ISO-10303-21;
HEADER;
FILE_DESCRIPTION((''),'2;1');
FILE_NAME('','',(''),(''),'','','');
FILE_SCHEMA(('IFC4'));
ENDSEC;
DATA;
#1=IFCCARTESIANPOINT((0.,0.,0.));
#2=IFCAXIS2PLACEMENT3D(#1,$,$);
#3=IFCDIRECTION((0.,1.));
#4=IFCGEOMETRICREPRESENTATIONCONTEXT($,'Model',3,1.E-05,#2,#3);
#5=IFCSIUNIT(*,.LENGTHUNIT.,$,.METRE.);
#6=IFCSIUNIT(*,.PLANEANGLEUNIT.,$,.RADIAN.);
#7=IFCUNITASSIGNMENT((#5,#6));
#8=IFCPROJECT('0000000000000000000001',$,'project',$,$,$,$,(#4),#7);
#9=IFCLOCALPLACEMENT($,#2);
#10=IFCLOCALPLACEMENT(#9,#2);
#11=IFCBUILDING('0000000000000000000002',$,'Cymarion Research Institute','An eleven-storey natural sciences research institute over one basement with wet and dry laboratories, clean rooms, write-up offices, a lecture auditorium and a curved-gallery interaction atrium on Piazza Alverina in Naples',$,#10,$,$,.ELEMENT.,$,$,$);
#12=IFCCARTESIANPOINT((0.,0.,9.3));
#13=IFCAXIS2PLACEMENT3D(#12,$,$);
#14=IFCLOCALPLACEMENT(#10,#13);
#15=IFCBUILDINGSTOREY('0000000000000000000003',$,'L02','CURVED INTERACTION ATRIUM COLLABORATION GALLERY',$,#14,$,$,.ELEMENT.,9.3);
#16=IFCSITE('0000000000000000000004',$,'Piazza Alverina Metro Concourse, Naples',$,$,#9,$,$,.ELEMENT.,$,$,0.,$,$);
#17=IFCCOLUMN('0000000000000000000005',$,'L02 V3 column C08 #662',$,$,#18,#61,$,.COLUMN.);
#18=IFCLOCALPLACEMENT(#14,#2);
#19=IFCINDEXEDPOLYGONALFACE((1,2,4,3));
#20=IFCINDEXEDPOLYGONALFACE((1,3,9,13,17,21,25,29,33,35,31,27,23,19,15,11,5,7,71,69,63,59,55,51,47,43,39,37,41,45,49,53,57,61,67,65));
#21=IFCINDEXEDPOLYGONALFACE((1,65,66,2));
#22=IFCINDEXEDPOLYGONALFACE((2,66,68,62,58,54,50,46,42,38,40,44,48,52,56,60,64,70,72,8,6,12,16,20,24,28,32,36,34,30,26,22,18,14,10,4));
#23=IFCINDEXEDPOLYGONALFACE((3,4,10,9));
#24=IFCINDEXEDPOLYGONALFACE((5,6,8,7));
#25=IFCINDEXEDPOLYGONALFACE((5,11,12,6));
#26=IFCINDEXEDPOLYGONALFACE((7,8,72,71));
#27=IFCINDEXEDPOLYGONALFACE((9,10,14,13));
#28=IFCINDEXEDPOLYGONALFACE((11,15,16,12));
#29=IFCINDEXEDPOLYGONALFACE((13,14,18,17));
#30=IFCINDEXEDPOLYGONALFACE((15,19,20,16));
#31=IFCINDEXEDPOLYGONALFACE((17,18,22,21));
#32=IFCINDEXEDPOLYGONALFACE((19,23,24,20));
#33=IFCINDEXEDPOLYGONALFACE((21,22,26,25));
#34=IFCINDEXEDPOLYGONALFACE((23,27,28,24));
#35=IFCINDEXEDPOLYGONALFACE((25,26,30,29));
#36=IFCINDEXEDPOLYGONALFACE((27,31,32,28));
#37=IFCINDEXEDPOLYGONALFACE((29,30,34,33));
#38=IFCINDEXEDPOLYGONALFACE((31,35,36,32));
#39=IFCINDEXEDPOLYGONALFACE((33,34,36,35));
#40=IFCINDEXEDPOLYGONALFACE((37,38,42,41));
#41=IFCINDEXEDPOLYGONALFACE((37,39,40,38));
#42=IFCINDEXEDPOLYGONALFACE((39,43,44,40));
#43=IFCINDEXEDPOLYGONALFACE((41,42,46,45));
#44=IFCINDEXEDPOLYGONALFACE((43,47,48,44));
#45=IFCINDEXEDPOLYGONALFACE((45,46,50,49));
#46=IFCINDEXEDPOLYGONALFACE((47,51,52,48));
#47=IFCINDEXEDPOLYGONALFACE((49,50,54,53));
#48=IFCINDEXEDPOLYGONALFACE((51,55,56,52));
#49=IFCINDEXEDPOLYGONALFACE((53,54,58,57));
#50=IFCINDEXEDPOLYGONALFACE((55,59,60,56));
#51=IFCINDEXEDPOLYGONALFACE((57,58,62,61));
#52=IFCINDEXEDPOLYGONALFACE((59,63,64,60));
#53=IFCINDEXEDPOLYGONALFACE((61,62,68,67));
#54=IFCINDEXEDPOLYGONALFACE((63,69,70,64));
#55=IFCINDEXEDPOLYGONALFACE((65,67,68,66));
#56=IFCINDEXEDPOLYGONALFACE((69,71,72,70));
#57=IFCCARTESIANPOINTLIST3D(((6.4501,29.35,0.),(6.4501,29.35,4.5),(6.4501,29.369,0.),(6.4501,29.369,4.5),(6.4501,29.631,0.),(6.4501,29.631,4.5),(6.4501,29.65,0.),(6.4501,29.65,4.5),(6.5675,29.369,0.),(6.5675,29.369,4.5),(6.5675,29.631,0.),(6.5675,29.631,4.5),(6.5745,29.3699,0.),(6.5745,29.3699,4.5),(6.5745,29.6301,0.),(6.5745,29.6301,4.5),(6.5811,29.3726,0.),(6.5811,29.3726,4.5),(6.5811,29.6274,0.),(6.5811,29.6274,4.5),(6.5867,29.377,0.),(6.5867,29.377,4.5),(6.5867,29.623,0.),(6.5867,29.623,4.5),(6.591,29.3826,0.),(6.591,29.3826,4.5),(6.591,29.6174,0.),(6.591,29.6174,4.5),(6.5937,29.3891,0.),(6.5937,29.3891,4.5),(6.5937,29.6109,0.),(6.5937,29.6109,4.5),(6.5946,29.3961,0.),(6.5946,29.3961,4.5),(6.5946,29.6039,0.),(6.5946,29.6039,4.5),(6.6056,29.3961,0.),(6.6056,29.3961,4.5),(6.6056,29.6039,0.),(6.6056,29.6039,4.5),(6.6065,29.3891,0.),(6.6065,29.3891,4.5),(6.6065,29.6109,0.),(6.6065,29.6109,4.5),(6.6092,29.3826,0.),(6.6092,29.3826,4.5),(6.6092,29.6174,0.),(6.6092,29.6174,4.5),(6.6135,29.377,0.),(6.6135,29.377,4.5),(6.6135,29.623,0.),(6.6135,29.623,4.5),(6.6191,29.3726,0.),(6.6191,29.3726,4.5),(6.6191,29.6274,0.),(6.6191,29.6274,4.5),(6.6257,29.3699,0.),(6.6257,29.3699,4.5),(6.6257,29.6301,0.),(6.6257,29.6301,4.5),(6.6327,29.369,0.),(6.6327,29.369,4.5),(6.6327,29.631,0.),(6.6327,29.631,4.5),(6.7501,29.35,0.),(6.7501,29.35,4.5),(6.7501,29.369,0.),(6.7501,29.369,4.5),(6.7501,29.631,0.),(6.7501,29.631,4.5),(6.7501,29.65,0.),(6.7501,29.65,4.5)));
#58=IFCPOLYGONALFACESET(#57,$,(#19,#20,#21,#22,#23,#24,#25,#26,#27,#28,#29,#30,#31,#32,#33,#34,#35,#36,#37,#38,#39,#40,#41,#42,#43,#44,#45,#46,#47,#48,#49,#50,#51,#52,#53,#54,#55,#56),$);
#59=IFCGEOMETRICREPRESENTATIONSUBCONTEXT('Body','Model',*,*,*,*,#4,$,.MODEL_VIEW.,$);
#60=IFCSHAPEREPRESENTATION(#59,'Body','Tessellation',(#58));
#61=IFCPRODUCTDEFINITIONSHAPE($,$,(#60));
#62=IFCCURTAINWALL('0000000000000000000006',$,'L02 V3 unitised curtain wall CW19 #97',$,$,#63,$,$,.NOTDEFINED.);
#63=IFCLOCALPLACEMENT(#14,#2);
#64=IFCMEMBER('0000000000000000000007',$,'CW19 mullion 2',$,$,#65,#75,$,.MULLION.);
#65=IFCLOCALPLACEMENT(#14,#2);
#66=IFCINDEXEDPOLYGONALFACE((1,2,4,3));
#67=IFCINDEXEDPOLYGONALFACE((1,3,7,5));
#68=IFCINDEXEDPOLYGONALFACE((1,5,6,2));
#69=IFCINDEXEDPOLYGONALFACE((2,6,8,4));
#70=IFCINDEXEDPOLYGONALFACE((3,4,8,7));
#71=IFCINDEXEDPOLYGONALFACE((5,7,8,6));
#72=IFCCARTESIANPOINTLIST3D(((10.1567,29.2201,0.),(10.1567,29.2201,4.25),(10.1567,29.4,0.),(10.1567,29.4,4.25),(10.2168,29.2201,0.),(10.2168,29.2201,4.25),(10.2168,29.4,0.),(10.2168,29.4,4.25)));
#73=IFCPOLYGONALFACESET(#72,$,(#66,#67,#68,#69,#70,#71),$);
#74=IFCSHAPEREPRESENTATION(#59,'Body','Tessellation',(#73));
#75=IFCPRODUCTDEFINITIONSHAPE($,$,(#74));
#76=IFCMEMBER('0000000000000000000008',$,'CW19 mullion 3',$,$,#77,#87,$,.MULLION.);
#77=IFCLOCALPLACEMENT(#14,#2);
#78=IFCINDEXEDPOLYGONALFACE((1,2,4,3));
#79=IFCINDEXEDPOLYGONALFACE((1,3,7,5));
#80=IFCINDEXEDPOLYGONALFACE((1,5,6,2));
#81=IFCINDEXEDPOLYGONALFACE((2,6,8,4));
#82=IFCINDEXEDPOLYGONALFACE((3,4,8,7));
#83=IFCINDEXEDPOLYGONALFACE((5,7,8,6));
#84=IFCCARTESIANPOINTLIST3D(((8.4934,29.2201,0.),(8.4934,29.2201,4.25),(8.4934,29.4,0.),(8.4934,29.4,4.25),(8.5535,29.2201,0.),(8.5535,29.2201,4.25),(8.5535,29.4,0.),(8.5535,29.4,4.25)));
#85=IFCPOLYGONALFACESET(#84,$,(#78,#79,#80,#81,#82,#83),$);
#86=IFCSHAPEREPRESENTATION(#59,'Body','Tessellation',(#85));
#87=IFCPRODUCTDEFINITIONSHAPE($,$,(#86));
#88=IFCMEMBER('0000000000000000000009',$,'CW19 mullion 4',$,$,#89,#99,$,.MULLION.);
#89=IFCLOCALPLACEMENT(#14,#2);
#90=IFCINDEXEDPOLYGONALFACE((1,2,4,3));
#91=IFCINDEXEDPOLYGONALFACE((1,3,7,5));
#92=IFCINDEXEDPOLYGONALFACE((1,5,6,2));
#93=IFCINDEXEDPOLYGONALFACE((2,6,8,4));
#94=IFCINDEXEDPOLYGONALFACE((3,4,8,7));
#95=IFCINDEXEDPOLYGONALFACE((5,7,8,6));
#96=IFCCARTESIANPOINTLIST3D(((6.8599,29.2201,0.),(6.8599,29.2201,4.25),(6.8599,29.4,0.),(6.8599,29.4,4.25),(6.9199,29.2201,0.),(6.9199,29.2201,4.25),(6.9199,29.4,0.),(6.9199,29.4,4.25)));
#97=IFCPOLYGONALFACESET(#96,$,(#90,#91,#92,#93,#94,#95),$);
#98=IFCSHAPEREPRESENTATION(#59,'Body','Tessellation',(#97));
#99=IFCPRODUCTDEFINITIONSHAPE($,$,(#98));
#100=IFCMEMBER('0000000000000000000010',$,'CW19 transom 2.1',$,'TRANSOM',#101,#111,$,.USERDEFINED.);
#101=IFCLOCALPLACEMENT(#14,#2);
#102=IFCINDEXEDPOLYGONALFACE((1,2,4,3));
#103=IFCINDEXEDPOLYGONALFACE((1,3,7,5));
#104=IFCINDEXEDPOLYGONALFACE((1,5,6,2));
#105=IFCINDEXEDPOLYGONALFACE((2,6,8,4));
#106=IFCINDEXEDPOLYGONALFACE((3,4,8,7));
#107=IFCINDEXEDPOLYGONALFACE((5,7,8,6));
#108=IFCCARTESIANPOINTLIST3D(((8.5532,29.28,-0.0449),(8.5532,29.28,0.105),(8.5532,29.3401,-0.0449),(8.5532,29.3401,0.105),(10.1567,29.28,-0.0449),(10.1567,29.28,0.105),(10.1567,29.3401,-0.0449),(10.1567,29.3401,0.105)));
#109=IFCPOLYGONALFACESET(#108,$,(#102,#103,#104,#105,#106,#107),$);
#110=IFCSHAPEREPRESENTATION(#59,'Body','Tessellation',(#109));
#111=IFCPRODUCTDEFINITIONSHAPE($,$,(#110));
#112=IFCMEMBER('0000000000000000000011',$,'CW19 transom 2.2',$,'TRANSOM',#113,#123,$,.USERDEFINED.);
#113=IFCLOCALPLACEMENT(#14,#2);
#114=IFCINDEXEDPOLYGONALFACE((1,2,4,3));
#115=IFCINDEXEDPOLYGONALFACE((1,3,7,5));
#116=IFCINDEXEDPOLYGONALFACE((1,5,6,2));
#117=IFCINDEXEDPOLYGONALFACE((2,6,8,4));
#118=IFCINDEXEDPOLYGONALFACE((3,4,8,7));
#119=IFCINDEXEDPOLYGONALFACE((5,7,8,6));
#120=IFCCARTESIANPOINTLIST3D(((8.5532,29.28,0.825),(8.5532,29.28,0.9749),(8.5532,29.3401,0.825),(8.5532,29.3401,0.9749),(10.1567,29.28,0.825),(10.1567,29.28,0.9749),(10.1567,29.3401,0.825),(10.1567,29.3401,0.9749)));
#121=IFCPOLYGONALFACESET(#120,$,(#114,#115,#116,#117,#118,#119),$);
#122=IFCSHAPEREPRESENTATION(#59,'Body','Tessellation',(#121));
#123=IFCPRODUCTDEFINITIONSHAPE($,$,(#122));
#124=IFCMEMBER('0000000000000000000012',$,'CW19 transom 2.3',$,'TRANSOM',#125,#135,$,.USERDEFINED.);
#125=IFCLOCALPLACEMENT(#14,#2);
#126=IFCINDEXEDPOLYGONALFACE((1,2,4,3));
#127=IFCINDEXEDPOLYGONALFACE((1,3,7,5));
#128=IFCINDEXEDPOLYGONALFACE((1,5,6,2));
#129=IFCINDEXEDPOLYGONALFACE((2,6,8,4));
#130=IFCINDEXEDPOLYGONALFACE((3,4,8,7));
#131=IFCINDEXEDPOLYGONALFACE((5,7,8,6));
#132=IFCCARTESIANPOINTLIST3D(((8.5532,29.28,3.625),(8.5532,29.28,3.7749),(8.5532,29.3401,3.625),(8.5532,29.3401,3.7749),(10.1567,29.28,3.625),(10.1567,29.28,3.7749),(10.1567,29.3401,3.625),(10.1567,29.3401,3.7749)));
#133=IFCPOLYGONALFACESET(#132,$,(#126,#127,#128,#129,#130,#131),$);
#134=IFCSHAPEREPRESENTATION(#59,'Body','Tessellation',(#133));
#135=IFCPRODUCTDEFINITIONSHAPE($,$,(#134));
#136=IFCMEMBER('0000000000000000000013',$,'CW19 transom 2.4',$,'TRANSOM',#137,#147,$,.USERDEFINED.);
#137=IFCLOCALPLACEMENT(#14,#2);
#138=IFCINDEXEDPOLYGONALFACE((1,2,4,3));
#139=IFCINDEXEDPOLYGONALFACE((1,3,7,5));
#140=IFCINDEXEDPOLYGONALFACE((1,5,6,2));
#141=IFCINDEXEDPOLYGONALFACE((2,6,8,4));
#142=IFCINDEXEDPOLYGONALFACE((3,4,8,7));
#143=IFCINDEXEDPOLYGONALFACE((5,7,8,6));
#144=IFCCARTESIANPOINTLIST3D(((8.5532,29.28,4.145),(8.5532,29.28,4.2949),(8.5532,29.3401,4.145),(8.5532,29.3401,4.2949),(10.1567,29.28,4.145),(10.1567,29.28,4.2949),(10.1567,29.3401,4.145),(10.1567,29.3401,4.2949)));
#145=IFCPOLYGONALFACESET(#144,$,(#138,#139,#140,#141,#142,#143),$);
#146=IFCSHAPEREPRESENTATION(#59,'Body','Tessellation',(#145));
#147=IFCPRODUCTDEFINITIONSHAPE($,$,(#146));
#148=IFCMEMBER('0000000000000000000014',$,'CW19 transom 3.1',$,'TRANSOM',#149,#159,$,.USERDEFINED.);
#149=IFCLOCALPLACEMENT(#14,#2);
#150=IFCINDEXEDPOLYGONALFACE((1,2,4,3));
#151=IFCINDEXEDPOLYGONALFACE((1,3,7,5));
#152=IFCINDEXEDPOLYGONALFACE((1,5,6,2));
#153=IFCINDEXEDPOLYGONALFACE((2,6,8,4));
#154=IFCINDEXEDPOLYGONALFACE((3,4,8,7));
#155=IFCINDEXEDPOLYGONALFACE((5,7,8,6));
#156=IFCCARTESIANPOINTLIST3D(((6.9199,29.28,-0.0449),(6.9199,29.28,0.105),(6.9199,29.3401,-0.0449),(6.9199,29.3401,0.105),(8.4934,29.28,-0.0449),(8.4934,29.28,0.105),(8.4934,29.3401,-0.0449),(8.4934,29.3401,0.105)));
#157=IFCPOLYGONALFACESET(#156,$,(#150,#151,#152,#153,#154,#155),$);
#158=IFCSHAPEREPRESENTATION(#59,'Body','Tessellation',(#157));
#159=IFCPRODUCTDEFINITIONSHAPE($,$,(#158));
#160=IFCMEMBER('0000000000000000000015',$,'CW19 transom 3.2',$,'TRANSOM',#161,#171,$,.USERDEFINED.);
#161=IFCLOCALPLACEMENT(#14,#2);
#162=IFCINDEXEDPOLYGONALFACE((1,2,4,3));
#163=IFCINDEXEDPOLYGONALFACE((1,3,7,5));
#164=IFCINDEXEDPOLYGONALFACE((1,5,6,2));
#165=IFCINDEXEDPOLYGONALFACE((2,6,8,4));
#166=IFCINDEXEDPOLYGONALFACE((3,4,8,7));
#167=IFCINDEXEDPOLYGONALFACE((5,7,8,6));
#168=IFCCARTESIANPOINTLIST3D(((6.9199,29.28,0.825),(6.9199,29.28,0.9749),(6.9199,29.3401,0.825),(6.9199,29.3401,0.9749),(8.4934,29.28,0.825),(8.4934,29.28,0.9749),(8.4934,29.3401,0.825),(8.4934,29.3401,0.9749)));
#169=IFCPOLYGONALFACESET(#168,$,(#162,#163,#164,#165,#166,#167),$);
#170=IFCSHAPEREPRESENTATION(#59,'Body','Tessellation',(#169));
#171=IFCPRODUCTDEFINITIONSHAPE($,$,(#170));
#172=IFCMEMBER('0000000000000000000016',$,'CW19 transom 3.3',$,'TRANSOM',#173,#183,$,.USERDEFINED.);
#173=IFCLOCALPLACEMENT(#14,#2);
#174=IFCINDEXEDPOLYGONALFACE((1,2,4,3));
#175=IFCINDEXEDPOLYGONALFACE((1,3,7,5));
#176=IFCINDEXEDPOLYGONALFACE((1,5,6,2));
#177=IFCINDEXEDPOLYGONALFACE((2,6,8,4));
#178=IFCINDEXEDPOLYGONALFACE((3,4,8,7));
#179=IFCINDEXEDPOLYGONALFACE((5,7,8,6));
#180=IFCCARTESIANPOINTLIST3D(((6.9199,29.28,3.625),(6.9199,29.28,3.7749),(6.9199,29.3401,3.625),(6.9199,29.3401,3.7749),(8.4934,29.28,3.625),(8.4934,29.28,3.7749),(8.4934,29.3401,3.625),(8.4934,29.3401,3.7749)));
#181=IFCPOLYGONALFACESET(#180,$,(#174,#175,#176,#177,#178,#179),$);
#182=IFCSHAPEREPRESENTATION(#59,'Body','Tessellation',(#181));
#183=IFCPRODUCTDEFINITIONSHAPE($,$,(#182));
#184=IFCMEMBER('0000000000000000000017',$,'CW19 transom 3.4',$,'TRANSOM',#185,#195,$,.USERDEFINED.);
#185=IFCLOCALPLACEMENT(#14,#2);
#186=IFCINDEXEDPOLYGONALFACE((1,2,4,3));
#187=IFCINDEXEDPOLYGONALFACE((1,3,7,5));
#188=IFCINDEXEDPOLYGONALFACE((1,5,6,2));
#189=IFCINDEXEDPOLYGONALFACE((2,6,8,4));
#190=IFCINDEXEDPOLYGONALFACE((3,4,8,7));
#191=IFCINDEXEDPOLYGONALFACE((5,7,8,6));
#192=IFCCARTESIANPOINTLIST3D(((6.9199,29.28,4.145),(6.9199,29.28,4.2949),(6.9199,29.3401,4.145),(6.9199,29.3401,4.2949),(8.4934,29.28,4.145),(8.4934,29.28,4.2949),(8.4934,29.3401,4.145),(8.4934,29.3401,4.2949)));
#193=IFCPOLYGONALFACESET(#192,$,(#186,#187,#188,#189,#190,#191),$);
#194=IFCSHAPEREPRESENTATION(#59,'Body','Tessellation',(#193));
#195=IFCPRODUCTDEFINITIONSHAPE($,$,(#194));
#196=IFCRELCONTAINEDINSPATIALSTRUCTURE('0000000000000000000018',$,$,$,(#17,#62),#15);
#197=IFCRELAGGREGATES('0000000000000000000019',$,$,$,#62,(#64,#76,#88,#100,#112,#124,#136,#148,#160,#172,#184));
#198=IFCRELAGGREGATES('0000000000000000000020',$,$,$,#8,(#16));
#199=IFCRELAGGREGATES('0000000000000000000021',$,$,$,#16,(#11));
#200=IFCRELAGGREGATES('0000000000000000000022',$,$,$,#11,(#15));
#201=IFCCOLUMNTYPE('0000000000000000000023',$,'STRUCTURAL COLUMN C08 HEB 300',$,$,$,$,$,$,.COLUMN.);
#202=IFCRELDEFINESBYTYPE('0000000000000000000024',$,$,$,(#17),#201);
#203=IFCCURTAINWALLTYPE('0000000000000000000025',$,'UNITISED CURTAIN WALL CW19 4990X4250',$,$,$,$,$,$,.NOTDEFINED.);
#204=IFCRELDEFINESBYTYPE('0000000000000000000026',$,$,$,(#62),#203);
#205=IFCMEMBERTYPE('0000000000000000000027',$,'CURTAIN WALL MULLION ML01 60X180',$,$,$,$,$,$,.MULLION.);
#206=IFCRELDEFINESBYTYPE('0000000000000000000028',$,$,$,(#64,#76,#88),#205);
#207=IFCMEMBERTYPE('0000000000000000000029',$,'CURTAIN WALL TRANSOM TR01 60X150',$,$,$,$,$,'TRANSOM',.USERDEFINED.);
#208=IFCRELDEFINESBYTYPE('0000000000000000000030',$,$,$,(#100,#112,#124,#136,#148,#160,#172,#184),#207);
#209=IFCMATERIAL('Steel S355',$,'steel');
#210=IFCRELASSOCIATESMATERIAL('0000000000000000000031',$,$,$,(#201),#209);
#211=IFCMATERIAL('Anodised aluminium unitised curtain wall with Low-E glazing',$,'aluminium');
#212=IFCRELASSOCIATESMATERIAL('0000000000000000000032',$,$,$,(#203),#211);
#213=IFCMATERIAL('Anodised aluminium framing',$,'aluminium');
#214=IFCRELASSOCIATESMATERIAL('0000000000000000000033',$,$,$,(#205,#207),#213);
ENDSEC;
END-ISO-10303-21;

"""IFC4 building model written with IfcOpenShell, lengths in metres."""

from ifc_helpers import new_model, si_unit, direction, frame, origin, origin_2d, place, context, subcontext, project, spatial, rectangle, i_section, extrude, material, material_profile, profile_set, type_object, element, aggregate, save


model = new_model("IFC4")

# Units and contexts
model_context = context("Model", 3, precision=1e-05, world=origin(), true_north=direction((0.0, 1.0)))
body_context = subcontext(model_context, "Body", "Model", "MODEL_VIEW")
ifc_project = project(units=[si_unit("LENGTHUNIT", "METRE"), si_unit("PLANEANGLEUNIT", "RADIAN")], contexts=[model_context])

# Site, building, storey
site_placement = place(None, origin())
site = spatial("IfcSite", under=ifc_project, at=site_placement, Name="Piazza Alverina Metro Concourse, Naples", CompositionType="ELEMENT", RefElevation=0.0)
building_placement = place(site_placement, origin())
building = spatial("IfcBuilding", under=site, at=building_placement, Name="Cymarion Research Institute", Description="An eleven-storey natural sciences research institute over one basement with wet and dry laboratories, clean rooms, write-up offices, a lecture auditorium and a curved-gallery interaction atrium on Piazza Alverina in Naples", CompositionType="ELEMENT")
storey_placement = place(building_placement, frame((0.0, 0.0, 9.3)))
storey = spatial("IfcBuildingStorey", under=building, at=storey_placement, Name="L02", Description="CURVED INTERACTION ATRIUM COLLABORATION GALLERY", CompositionType="ELEMENT", Elevation=9.3)

# Column
ifc_material_1 = material(Name="Steel S355", Category="steel")
ifc_material_profile_1 = material_profile(ifc_material_1, i_section(OverallWidth=0.3, OverallDepth=0.3, WebThickness=0.011, FlangeThickness=0.019, FilletRadius=0.0271, at=origin_2d()), Name="HEB 300")
ifc_profile_set_1 = profile_set([ifc_material_profile_1], Name="Steel S355")
column_type = type_object("IfcColumnType", Name="STRUCTURAL COLUMN C08 HEB 300", PredefinedType="COLUMN", material=ifc_profile_set_1)
column_placement = place(storey_placement, frame((6.6001, 29.5, 0.0), z_axis=(0.0, 0.0, 1.0), x_axis=(1.0, 0.0, 0.0)))
element("IfcColumn", 1, at=column_placement, inside=storey, type_object=column_type, Name="L02 V3 column C08 #662", PredefinedType="COLUMN", context=body_context, shape_type="SweptSolid", body=[
    extrude(i_section(OverallWidth=0.3, OverallDepth=0.3, WebThickness=0.011, FlangeThickness=0.019, FilletRadius=0.0271, at=origin_2d()), origin(), (0.0, 0.0, 1.0), 4.5),
])

# Curtain wall, members
ifc_material_2 = material(Name="Anodised aluminium unitised curtain wall with Low-E glazing", Category="aluminium")
curtain_wall_type = type_object("IfcCurtainWallType", Name="UNITISED CURTAIN WALL CW19 4990X4250", PredefinedType="NOTDEFINED", material=ifc_material_2)
curtain_wall_placement = place(storey_placement, origin())
curtain_wall = element("IfcCurtainWall", 2, at=curtain_wall_placement, inside=storey, type_object=curtain_wall_type, Name="L02 V3 unitised curtain wall CW19 #97", PredefinedType="NOTDEFINED")
ifc_material_3 = material(Name="Anodised aluminium framing", Category="aluminium")
ifc_material_profile_2 = material_profile(ifc_material_3, rectangle(XDim=0.0601, YDim=0.1799, at=origin_2d()), Name="ALU MULLION 60x180")
ifc_profile_set_2 = profile_set([ifc_material_profile_2], Name="Anodised aluminium framing")
member_type_1 = type_object("IfcMemberType", Name="CURTAIN WALL MULLION ML01 60X180", PredefinedType="MULLION", material=ifc_profile_set_2)
member_1_placement = place(storey_placement, frame((10.1868, 29.3101, 0.0), z_axis=(0.0, 0.0, 1.0), x_axis=(-1.0, 0.0, 0.0)))
member_1 = element("IfcMember", 3, at=member_1_placement, type_object=member_type_1, Name="CW19 mullion 2", PredefinedType="MULLION", context=body_context, shape_type="SweptSolid", body=[
    extrude(rectangle(XDim=0.0601, YDim=0.1799, at=origin_2d()), origin(), (0.0, 0.0, 1.0), 4.25),
])
member_2_placement = place(storey_placement, frame((8.5234, 29.3101, 0.0), z_axis=(0.0, 0.0, 1.0), x_axis=(-1.0, 0.0, 0.0)))
member_2 = element("IfcMember", 4, at=member_2_placement, type_object=member_type_1, Name="CW19 mullion 3", PredefinedType="MULLION", context=body_context, shape_type="SweptSolid", body=[
    extrude(rectangle(XDim=0.0601, YDim=0.1799, at=origin_2d()), origin(), (0.0, 0.0, 1.0), 4.25),
])
member_3_placement = place(storey_placement, frame((6.8899, 29.3101, 0.0), z_axis=(0.0, 0.0, 1.0), x_axis=(-1.0, 0.0, 0.0)))
member_3 = element("IfcMember", 5, at=member_3_placement, type_object=member_type_1, Name="CW19 mullion 4", PredefinedType="MULLION", context=body_context, shape_type="SweptSolid", body=[
    extrude(rectangle(XDim=0.0601, YDim=0.1799, at=origin_2d()), origin(), (0.0, 0.0, 1.0), 4.25),
])
ifc_material_profile_3 = material_profile(ifc_material_3, rectangle(XDim=0.0601, YDim=0.1499, at=origin_2d()), Name="ALU TRANSOM 60x150")
ifc_profile_set_3 = profile_set([ifc_material_profile_3], Name="Anodised aluminium framing")
member_type_2 = type_object("IfcMemberType", Name="CURTAIN WALL TRANSOM TR01 60X150", ElementType="TRANSOM", PredefinedType="USERDEFINED", material=ifc_profile_set_3)
member_4_placement = place(storey_placement, frame((10.1567, 29.3101, 0.03), z_axis=(-1.0, 0.0, 0.0), x_axis=(0.0, -1.0, 0.0)))
member_4 = element("IfcMember", 6, at=member_4_placement, type_object=member_type_2, Name="CW19 transom 2.1", ObjectType="TRANSOM", PredefinedType="USERDEFINED", context=body_context, shape_type="SweptSolid", body=[
    extrude(rectangle(XDim=0.0601, YDim=0.1499, at=origin_2d()), origin(), (0.0, 0.0, 1.0), 1.6035),
])
member_5_placement = place(storey_placement, frame((10.1567, 29.3101, 0.8999), z_axis=(-1.0, 0.0, 0.0), x_axis=(0.0, -1.0, 0.0)))
member_5 = element("IfcMember", 7, at=member_5_placement, type_object=member_type_2, Name="CW19 transom 2.2", ObjectType="TRANSOM", PredefinedType="USERDEFINED", context=body_context, shape_type="SweptSolid", body=[
    extrude(rectangle(XDim=0.0601, YDim=0.1499, at=origin_2d()), origin(), (0.0, 0.0, 1.0), 1.6035),
])
member_6_placement = place(storey_placement, frame((10.1567, 29.3101, 3.7), z_axis=(-1.0, 0.0, 0.0), x_axis=(0.0, -1.0, 0.0)))
member_6 = element("IfcMember", 8, at=member_6_placement, type_object=member_type_2, Name="CW19 transom 2.3", ObjectType="TRANSOM", PredefinedType="USERDEFINED", context=body_context, shape_type="SweptSolid", body=[
    extrude(rectangle(XDim=0.0601, YDim=0.1499, at=origin_2d()), origin(), (0.0, 0.0, 1.0), 1.6035),
])
member_7_placement = place(storey_placement, frame((10.1567, 29.3101, 4.22), z_axis=(-1.0, 0.0, 0.0), x_axis=(0.0, -1.0, 0.0)))
member_7 = element("IfcMember", 9, at=member_7_placement, type_object=member_type_2, Name="CW19 transom 2.4", ObjectType="TRANSOM", PredefinedType="USERDEFINED", context=body_context, shape_type="SweptSolid", body=[
    extrude(rectangle(XDim=0.0601, YDim=0.1499, at=origin_2d()), origin(), (0.0, 0.0, 1.0), 1.6035),
])
member_8_placement = place(storey_placement, frame((8.4934, 29.3101, 0.03), z_axis=(-1.0, 0.0, 0.0), x_axis=(0.0, -1.0, 0.0)))
member_8 = element("IfcMember", 10, at=member_8_placement, type_object=member_type_2, Name="CW19 transom 3.1", ObjectType="TRANSOM", PredefinedType="USERDEFINED", context=body_context, shape_type="SweptSolid", body=[
    extrude(rectangle(XDim=0.0601, YDim=0.1499, at=origin_2d()), origin(), (0.0, 0.0, 1.0), 1.5735),
])
member_9_placement = place(storey_placement, frame((8.4934, 29.3101, 0.8999), z_axis=(-1.0, 0.0, 0.0), x_axis=(0.0, -1.0, 0.0)))
member_9 = element("IfcMember", 11, at=member_9_placement, type_object=member_type_2, Name="CW19 transom 3.2", ObjectType="TRANSOM", PredefinedType="USERDEFINED", context=body_context, shape_type="SweptSolid", body=[
    extrude(rectangle(XDim=0.0601, YDim=0.1499, at=origin_2d()), origin(), (0.0, 0.0, 1.0), 1.5735),
])
member_10_placement = place(storey_placement, frame((8.4934, 29.3101, 3.7), z_axis=(-1.0, 0.0, 0.0), x_axis=(0.0, -1.0, 0.0)))
member_10 = element("IfcMember", 12, at=member_10_placement, type_object=member_type_2, Name="CW19 transom 3.3", ObjectType="TRANSOM", PredefinedType="USERDEFINED", context=body_context, shape_type="SweptSolid", body=[
    extrude(rectangle(XDim=0.0601, YDim=0.1499, at=origin_2d()), origin(), (0.0, 0.0, 1.0), 1.5735),
])
member_11_placement = place(storey_placement, frame((8.4934, 29.3101, 4.22), z_axis=(-1.0, 0.0, 0.0), x_axis=(0.0, -1.0, 0.0)))
member_11 = element("IfcMember", 13, at=member_11_placement, type_object=member_type_2, Name="CW19 transom 3.4", ObjectType="TRANSOM", PredefinedType="USERDEFINED", context=body_context, shape_type="SweptSolid", body=[
    extrude(rectangle(XDim=0.0601, YDim=0.1499, at=origin_2d()), origin(), (0.0, 0.0, 1.0), 1.5735),
])

aggregate(curtain_wall, [member_1, member_2, member_3, member_4, member_5, member_6, member_7, member_8, member_9, member_10, member_11])

save(model, "model.ifc")
